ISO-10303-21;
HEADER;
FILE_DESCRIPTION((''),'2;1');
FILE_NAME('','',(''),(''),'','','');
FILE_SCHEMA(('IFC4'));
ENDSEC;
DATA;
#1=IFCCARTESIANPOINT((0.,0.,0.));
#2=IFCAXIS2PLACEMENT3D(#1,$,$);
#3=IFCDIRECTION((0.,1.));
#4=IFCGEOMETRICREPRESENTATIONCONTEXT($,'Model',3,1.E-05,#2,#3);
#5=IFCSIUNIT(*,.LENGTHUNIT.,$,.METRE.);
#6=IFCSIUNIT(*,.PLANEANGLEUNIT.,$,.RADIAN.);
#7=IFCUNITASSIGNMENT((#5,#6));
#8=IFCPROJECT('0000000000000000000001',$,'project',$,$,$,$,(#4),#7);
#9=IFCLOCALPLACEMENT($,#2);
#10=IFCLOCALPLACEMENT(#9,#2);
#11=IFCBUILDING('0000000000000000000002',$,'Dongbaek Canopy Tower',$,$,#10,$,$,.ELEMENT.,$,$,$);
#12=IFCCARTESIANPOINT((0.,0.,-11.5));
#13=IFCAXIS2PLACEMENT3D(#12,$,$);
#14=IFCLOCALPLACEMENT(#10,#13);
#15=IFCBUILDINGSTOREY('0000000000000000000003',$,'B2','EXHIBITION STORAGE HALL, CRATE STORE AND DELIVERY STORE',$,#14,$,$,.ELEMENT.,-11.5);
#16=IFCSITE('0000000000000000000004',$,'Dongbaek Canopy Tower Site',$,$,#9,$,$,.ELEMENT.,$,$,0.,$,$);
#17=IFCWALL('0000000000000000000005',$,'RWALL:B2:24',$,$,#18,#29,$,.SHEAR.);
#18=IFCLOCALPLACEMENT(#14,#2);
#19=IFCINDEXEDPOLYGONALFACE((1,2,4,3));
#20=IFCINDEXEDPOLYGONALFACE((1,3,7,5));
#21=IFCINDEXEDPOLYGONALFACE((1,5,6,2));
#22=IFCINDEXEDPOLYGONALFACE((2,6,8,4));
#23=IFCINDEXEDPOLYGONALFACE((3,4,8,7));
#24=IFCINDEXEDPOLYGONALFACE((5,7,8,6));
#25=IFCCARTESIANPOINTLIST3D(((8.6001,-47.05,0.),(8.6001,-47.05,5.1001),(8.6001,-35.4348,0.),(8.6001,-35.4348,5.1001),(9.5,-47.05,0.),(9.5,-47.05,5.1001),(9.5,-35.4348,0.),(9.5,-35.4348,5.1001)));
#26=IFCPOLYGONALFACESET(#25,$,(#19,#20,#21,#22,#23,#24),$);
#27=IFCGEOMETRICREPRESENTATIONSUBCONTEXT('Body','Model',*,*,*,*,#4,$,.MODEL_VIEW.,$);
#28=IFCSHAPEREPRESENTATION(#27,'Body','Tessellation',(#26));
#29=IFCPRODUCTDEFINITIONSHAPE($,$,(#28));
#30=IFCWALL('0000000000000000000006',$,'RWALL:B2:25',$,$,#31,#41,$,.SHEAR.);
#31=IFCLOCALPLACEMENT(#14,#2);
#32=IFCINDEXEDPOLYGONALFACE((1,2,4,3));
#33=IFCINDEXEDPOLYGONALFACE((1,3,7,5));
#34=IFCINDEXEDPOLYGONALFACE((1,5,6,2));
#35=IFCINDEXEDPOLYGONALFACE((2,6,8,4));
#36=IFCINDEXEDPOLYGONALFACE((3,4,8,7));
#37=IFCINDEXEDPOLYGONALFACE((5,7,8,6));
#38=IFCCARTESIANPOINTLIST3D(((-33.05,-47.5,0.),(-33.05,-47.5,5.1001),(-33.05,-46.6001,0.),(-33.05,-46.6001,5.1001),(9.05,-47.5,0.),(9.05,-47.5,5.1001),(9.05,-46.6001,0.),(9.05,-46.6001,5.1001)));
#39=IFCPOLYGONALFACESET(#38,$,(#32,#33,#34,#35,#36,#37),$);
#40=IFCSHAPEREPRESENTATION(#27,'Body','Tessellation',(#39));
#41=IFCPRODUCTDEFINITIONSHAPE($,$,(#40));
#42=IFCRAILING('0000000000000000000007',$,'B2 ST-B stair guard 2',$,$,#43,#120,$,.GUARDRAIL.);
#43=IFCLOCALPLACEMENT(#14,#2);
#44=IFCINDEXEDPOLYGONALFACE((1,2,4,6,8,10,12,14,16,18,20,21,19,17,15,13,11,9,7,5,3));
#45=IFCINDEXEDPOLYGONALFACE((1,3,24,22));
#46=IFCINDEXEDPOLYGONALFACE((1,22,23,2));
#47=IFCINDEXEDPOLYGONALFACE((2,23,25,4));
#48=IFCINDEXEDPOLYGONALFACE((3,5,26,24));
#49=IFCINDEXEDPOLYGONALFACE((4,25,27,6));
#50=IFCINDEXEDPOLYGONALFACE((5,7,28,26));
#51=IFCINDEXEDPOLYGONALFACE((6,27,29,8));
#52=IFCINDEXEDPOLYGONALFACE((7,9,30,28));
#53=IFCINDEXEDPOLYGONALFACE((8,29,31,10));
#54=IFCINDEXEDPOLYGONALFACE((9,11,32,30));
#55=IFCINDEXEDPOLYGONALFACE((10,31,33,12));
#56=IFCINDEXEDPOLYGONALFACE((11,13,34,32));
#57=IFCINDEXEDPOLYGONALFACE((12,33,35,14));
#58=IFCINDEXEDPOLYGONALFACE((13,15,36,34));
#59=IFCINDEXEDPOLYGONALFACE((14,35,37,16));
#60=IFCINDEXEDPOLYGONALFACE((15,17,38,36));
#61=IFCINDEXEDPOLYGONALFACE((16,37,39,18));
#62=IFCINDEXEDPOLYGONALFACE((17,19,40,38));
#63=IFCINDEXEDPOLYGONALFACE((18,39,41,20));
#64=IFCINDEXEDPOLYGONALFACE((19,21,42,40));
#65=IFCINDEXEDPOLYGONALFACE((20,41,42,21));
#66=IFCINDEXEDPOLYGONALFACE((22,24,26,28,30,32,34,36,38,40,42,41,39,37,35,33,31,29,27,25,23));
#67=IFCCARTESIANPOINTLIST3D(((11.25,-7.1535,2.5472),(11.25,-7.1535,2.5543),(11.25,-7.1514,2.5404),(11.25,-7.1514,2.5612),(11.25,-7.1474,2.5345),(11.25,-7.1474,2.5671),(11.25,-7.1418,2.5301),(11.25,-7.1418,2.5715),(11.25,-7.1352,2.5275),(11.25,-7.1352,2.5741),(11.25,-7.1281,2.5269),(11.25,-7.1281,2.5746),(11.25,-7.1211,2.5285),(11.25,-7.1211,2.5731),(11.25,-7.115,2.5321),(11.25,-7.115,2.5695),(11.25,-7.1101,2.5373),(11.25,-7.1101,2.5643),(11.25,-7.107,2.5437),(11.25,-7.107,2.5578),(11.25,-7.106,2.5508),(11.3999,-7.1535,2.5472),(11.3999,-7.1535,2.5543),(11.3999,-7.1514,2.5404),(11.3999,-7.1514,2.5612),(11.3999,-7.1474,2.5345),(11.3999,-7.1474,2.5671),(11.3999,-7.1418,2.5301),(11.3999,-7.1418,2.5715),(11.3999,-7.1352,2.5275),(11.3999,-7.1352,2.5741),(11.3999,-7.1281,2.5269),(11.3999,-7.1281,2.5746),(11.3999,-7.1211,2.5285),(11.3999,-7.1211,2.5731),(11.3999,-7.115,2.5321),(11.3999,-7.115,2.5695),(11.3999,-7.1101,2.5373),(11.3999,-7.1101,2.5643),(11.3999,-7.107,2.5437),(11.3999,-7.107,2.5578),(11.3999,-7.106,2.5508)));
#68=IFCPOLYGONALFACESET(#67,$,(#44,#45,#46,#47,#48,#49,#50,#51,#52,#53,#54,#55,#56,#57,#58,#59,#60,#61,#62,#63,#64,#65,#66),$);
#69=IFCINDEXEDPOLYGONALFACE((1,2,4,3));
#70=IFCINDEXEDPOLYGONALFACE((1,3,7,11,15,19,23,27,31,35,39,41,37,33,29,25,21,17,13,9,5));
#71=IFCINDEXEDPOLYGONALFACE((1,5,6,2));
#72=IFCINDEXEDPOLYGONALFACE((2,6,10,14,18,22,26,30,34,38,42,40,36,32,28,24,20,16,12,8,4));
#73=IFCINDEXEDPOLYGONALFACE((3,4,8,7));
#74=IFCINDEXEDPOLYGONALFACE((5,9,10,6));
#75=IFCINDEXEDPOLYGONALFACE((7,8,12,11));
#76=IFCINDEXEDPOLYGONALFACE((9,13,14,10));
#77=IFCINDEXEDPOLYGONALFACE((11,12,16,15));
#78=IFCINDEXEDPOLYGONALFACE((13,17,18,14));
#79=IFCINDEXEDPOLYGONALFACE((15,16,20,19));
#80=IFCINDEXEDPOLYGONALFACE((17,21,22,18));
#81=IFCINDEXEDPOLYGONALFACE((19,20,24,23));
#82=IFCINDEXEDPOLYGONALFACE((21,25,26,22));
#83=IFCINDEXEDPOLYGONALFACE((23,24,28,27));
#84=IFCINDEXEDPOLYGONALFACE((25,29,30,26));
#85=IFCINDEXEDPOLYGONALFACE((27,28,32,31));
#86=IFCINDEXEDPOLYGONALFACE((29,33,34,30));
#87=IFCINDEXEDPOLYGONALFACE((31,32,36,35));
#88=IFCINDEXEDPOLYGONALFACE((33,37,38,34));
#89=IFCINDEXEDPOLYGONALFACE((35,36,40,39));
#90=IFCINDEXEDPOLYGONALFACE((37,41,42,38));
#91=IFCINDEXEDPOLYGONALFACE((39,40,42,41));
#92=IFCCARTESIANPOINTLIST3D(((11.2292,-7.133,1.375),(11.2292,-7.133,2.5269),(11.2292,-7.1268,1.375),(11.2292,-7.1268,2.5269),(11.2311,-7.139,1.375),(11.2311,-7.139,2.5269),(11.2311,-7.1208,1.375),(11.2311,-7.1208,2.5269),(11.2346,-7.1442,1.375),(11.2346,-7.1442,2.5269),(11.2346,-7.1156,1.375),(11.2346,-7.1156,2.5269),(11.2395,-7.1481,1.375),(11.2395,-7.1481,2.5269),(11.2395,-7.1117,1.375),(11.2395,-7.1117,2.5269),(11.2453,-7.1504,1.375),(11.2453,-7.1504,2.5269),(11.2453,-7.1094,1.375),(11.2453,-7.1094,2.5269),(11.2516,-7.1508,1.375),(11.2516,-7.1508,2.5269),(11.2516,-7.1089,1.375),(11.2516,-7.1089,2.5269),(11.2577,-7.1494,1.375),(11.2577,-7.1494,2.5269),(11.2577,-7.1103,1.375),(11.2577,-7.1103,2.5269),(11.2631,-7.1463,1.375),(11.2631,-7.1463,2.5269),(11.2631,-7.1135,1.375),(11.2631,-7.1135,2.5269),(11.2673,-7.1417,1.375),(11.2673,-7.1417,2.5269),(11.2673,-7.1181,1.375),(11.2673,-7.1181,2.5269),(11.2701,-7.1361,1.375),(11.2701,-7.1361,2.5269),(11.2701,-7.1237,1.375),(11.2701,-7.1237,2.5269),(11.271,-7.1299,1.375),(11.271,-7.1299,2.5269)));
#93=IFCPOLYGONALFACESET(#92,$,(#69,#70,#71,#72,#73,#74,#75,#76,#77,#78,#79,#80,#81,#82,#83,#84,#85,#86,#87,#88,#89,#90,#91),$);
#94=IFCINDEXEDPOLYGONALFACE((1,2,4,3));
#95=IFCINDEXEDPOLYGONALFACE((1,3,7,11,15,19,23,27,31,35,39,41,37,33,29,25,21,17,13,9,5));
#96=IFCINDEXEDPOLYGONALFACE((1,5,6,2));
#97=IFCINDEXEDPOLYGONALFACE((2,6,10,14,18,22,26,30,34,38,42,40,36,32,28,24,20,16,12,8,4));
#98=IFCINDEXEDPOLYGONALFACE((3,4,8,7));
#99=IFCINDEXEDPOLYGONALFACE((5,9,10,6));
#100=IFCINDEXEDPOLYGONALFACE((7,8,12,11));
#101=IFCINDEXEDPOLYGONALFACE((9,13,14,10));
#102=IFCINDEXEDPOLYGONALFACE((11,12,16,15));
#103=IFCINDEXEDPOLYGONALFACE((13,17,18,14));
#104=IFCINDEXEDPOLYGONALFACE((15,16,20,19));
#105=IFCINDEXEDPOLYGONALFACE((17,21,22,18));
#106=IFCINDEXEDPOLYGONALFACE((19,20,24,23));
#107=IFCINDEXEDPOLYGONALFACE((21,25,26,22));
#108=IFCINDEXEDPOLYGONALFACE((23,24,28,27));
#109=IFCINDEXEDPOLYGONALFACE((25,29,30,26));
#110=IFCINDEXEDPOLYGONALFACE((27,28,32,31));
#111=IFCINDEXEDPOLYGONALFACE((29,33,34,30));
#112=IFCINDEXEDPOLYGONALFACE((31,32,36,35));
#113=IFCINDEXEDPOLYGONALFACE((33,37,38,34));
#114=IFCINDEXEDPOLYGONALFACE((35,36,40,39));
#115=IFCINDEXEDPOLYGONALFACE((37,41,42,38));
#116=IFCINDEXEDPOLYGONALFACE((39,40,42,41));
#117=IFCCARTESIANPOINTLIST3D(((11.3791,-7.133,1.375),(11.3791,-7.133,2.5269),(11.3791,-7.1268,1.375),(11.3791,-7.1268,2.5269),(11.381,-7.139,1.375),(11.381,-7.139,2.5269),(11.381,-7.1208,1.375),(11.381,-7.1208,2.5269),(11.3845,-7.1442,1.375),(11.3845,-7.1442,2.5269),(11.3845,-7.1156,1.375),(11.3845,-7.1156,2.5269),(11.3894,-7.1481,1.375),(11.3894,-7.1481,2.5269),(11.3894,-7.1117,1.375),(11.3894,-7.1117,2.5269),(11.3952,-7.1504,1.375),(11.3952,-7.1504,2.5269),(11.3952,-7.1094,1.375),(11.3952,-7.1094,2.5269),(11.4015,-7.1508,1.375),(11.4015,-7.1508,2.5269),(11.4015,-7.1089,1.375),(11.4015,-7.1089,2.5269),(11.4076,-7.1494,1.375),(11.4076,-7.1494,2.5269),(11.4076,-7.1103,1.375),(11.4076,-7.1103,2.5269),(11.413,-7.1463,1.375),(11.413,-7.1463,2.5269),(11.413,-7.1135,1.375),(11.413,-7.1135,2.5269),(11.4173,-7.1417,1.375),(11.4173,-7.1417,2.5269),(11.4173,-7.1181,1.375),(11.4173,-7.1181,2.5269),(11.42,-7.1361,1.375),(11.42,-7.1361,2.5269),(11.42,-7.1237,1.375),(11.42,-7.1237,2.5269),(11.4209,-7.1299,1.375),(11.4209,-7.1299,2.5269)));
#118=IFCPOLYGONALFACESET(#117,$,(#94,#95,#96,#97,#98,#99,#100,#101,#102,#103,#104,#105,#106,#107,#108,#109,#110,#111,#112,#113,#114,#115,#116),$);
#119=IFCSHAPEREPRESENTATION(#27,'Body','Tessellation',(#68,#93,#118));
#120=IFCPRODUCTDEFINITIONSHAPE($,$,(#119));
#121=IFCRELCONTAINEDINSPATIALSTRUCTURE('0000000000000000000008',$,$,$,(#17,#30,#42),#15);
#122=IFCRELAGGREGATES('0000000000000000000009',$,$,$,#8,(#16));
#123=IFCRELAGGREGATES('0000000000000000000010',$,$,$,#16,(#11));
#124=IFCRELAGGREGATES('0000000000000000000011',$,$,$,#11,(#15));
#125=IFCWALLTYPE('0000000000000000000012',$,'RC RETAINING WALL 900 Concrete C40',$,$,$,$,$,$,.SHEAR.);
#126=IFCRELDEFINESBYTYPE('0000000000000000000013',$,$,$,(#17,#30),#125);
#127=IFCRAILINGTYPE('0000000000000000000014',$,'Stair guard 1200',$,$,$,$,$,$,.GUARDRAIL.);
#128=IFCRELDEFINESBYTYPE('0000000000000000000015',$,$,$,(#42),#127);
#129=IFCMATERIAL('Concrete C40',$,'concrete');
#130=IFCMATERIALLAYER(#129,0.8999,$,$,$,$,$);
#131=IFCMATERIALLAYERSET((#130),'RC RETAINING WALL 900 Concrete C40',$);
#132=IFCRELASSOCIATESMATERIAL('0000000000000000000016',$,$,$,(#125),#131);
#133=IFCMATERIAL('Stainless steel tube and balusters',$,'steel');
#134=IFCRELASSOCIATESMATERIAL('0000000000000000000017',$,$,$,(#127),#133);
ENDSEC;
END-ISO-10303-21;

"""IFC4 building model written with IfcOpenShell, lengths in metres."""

from ifc_helpers import new_model, si_unit, direction, frame, frame_2d, origin, origin_2d, place, context, subcontext, project, spatial, rectangle, circle, extrude, material, layer, layer_set, type_object, element, save


model = new_model("IFC4")

# Units and contexts
model_context = context("Model", 3, precision=1e-05, world=origin(), true_north=direction((0.0, 1.0)))
body_context = subcontext(model_context, "Body", "Model", "MODEL_VIEW")
ifc_project = project(units=[si_unit("LENGTHUNIT", "METRE"), si_unit("PLANEANGLEUNIT", "RADIAN")], contexts=[model_context])

# Site, building, storey
site_placement = place(None, origin())
site = spatial("IfcSite", under=ifc_project, at=site_placement, Name="Dongbaek Canopy Tower Site", CompositionType="ELEMENT", RefElevation=0.0)
building_placement = place(site_placement, origin())
building = spatial("IfcBuilding", under=site, at=building_placement, Name="Dongbaek Canopy Tower", CompositionType="ELEMENT")
storey_placement = place(building_placement, frame((0.0, 0.0, -11.5)))
storey = spatial("IfcBuildingStorey", under=building, at=storey_placement, Name="B2", Description="EXHIBITION STORAGE HALL, CRATE STORE AND DELIVERY STORE", CompositionType="ELEMENT", Elevation=-11.5)

# Walls
ifc_material_1 = material(Name="Concrete C40", Category="concrete")
ifc_layer_1 = layer(ifc_material_1, 0.8999)
ifc_layer_set_1 = layer_set([ifc_layer_1], Name="RC RETAINING WALL 900 Concrete C40")
wall_type_1 = type_object("IfcWallType", Name="RC RETAINING WALL 900 Concrete C40", PredefinedType="SHEAR", material=ifc_layer_set_1)
wall_1_placement = place(storey_placement, frame((9.05, -35.4348, 0.0), z_axis=(0.0, 0.0, 1.0), x_axis=(0.0, -1.0, 0.0)))
element("IfcWall", 1, at=wall_1_placement, inside=storey, type_object=wall_type_1, Name="RWALL:B2:24", PredefinedType="SHEAR", context=body_context, shape_type="SweptSolid", body=[
    extrude(rectangle(XDim=11.6152, YDim=0.8999, at=frame_2d((5.8076, 0.0))), origin(), (0.0, 0.0, 1.0), 5.1001),
])
wall_2_placement = place(storey_placement, frame((9.05, -47.05, 0.0), z_axis=(0.0, 0.0, 1.0), x_axis=(-1.0, 0.0, 0.0)))
element("IfcWall", 2, at=wall_2_placement, inside=storey, type_object=wall_type_1, Name="RWALL:B2:25", PredefinedType="SHEAR", context=body_context, shape_type="SweptSolid", body=[
    extrude(rectangle(XDim=42.1001, YDim=0.8999, at=frame_2d((21.05, 0.0))), origin(), (0.0, 0.0, 1.0), 5.1001),
])

# Railing
ifc_material_2 = material(Name="Stainless steel tube and balusters", Category="steel")
railing_type_1 = type_object("IfcRailingType", Name="Stair guard 1200", PredefinedType="GUARDRAIL", material=ifc_material_2)
railing_1_placement = place(storey_placement, frame((11.25, -7.1299, 1.375)))
element("IfcRailing", 3, at=railing_1_placement, inside=storey, type_object=railing_type_1, Name="B2 ST-B stair guard 2", PredefinedType="GUARDRAIL", context=body_context, shape_type="SweptSolid", body=[
    extrude(circle(Radius=0.0239, at=origin_2d()), frame((0.0, 0.0, 1.1758), z_axis=(1.0, 0.0, 0.0), x_axis=(0.0, 1.0, 0.0)), (0.0, 0.0, 1.0), 0.1499),
    extrude(circle(Radius=0.021, at=origin_2d()), origin(), (0.0, 0.0, 1.0), 1.1519),
    extrude(circle(Radius=0.021, at=origin_2d()), frame((0.1499, 0.0, 0.0)), (0.0, 0.0, 1.0), 1.1519),
])

save(model, "model.ifc")
